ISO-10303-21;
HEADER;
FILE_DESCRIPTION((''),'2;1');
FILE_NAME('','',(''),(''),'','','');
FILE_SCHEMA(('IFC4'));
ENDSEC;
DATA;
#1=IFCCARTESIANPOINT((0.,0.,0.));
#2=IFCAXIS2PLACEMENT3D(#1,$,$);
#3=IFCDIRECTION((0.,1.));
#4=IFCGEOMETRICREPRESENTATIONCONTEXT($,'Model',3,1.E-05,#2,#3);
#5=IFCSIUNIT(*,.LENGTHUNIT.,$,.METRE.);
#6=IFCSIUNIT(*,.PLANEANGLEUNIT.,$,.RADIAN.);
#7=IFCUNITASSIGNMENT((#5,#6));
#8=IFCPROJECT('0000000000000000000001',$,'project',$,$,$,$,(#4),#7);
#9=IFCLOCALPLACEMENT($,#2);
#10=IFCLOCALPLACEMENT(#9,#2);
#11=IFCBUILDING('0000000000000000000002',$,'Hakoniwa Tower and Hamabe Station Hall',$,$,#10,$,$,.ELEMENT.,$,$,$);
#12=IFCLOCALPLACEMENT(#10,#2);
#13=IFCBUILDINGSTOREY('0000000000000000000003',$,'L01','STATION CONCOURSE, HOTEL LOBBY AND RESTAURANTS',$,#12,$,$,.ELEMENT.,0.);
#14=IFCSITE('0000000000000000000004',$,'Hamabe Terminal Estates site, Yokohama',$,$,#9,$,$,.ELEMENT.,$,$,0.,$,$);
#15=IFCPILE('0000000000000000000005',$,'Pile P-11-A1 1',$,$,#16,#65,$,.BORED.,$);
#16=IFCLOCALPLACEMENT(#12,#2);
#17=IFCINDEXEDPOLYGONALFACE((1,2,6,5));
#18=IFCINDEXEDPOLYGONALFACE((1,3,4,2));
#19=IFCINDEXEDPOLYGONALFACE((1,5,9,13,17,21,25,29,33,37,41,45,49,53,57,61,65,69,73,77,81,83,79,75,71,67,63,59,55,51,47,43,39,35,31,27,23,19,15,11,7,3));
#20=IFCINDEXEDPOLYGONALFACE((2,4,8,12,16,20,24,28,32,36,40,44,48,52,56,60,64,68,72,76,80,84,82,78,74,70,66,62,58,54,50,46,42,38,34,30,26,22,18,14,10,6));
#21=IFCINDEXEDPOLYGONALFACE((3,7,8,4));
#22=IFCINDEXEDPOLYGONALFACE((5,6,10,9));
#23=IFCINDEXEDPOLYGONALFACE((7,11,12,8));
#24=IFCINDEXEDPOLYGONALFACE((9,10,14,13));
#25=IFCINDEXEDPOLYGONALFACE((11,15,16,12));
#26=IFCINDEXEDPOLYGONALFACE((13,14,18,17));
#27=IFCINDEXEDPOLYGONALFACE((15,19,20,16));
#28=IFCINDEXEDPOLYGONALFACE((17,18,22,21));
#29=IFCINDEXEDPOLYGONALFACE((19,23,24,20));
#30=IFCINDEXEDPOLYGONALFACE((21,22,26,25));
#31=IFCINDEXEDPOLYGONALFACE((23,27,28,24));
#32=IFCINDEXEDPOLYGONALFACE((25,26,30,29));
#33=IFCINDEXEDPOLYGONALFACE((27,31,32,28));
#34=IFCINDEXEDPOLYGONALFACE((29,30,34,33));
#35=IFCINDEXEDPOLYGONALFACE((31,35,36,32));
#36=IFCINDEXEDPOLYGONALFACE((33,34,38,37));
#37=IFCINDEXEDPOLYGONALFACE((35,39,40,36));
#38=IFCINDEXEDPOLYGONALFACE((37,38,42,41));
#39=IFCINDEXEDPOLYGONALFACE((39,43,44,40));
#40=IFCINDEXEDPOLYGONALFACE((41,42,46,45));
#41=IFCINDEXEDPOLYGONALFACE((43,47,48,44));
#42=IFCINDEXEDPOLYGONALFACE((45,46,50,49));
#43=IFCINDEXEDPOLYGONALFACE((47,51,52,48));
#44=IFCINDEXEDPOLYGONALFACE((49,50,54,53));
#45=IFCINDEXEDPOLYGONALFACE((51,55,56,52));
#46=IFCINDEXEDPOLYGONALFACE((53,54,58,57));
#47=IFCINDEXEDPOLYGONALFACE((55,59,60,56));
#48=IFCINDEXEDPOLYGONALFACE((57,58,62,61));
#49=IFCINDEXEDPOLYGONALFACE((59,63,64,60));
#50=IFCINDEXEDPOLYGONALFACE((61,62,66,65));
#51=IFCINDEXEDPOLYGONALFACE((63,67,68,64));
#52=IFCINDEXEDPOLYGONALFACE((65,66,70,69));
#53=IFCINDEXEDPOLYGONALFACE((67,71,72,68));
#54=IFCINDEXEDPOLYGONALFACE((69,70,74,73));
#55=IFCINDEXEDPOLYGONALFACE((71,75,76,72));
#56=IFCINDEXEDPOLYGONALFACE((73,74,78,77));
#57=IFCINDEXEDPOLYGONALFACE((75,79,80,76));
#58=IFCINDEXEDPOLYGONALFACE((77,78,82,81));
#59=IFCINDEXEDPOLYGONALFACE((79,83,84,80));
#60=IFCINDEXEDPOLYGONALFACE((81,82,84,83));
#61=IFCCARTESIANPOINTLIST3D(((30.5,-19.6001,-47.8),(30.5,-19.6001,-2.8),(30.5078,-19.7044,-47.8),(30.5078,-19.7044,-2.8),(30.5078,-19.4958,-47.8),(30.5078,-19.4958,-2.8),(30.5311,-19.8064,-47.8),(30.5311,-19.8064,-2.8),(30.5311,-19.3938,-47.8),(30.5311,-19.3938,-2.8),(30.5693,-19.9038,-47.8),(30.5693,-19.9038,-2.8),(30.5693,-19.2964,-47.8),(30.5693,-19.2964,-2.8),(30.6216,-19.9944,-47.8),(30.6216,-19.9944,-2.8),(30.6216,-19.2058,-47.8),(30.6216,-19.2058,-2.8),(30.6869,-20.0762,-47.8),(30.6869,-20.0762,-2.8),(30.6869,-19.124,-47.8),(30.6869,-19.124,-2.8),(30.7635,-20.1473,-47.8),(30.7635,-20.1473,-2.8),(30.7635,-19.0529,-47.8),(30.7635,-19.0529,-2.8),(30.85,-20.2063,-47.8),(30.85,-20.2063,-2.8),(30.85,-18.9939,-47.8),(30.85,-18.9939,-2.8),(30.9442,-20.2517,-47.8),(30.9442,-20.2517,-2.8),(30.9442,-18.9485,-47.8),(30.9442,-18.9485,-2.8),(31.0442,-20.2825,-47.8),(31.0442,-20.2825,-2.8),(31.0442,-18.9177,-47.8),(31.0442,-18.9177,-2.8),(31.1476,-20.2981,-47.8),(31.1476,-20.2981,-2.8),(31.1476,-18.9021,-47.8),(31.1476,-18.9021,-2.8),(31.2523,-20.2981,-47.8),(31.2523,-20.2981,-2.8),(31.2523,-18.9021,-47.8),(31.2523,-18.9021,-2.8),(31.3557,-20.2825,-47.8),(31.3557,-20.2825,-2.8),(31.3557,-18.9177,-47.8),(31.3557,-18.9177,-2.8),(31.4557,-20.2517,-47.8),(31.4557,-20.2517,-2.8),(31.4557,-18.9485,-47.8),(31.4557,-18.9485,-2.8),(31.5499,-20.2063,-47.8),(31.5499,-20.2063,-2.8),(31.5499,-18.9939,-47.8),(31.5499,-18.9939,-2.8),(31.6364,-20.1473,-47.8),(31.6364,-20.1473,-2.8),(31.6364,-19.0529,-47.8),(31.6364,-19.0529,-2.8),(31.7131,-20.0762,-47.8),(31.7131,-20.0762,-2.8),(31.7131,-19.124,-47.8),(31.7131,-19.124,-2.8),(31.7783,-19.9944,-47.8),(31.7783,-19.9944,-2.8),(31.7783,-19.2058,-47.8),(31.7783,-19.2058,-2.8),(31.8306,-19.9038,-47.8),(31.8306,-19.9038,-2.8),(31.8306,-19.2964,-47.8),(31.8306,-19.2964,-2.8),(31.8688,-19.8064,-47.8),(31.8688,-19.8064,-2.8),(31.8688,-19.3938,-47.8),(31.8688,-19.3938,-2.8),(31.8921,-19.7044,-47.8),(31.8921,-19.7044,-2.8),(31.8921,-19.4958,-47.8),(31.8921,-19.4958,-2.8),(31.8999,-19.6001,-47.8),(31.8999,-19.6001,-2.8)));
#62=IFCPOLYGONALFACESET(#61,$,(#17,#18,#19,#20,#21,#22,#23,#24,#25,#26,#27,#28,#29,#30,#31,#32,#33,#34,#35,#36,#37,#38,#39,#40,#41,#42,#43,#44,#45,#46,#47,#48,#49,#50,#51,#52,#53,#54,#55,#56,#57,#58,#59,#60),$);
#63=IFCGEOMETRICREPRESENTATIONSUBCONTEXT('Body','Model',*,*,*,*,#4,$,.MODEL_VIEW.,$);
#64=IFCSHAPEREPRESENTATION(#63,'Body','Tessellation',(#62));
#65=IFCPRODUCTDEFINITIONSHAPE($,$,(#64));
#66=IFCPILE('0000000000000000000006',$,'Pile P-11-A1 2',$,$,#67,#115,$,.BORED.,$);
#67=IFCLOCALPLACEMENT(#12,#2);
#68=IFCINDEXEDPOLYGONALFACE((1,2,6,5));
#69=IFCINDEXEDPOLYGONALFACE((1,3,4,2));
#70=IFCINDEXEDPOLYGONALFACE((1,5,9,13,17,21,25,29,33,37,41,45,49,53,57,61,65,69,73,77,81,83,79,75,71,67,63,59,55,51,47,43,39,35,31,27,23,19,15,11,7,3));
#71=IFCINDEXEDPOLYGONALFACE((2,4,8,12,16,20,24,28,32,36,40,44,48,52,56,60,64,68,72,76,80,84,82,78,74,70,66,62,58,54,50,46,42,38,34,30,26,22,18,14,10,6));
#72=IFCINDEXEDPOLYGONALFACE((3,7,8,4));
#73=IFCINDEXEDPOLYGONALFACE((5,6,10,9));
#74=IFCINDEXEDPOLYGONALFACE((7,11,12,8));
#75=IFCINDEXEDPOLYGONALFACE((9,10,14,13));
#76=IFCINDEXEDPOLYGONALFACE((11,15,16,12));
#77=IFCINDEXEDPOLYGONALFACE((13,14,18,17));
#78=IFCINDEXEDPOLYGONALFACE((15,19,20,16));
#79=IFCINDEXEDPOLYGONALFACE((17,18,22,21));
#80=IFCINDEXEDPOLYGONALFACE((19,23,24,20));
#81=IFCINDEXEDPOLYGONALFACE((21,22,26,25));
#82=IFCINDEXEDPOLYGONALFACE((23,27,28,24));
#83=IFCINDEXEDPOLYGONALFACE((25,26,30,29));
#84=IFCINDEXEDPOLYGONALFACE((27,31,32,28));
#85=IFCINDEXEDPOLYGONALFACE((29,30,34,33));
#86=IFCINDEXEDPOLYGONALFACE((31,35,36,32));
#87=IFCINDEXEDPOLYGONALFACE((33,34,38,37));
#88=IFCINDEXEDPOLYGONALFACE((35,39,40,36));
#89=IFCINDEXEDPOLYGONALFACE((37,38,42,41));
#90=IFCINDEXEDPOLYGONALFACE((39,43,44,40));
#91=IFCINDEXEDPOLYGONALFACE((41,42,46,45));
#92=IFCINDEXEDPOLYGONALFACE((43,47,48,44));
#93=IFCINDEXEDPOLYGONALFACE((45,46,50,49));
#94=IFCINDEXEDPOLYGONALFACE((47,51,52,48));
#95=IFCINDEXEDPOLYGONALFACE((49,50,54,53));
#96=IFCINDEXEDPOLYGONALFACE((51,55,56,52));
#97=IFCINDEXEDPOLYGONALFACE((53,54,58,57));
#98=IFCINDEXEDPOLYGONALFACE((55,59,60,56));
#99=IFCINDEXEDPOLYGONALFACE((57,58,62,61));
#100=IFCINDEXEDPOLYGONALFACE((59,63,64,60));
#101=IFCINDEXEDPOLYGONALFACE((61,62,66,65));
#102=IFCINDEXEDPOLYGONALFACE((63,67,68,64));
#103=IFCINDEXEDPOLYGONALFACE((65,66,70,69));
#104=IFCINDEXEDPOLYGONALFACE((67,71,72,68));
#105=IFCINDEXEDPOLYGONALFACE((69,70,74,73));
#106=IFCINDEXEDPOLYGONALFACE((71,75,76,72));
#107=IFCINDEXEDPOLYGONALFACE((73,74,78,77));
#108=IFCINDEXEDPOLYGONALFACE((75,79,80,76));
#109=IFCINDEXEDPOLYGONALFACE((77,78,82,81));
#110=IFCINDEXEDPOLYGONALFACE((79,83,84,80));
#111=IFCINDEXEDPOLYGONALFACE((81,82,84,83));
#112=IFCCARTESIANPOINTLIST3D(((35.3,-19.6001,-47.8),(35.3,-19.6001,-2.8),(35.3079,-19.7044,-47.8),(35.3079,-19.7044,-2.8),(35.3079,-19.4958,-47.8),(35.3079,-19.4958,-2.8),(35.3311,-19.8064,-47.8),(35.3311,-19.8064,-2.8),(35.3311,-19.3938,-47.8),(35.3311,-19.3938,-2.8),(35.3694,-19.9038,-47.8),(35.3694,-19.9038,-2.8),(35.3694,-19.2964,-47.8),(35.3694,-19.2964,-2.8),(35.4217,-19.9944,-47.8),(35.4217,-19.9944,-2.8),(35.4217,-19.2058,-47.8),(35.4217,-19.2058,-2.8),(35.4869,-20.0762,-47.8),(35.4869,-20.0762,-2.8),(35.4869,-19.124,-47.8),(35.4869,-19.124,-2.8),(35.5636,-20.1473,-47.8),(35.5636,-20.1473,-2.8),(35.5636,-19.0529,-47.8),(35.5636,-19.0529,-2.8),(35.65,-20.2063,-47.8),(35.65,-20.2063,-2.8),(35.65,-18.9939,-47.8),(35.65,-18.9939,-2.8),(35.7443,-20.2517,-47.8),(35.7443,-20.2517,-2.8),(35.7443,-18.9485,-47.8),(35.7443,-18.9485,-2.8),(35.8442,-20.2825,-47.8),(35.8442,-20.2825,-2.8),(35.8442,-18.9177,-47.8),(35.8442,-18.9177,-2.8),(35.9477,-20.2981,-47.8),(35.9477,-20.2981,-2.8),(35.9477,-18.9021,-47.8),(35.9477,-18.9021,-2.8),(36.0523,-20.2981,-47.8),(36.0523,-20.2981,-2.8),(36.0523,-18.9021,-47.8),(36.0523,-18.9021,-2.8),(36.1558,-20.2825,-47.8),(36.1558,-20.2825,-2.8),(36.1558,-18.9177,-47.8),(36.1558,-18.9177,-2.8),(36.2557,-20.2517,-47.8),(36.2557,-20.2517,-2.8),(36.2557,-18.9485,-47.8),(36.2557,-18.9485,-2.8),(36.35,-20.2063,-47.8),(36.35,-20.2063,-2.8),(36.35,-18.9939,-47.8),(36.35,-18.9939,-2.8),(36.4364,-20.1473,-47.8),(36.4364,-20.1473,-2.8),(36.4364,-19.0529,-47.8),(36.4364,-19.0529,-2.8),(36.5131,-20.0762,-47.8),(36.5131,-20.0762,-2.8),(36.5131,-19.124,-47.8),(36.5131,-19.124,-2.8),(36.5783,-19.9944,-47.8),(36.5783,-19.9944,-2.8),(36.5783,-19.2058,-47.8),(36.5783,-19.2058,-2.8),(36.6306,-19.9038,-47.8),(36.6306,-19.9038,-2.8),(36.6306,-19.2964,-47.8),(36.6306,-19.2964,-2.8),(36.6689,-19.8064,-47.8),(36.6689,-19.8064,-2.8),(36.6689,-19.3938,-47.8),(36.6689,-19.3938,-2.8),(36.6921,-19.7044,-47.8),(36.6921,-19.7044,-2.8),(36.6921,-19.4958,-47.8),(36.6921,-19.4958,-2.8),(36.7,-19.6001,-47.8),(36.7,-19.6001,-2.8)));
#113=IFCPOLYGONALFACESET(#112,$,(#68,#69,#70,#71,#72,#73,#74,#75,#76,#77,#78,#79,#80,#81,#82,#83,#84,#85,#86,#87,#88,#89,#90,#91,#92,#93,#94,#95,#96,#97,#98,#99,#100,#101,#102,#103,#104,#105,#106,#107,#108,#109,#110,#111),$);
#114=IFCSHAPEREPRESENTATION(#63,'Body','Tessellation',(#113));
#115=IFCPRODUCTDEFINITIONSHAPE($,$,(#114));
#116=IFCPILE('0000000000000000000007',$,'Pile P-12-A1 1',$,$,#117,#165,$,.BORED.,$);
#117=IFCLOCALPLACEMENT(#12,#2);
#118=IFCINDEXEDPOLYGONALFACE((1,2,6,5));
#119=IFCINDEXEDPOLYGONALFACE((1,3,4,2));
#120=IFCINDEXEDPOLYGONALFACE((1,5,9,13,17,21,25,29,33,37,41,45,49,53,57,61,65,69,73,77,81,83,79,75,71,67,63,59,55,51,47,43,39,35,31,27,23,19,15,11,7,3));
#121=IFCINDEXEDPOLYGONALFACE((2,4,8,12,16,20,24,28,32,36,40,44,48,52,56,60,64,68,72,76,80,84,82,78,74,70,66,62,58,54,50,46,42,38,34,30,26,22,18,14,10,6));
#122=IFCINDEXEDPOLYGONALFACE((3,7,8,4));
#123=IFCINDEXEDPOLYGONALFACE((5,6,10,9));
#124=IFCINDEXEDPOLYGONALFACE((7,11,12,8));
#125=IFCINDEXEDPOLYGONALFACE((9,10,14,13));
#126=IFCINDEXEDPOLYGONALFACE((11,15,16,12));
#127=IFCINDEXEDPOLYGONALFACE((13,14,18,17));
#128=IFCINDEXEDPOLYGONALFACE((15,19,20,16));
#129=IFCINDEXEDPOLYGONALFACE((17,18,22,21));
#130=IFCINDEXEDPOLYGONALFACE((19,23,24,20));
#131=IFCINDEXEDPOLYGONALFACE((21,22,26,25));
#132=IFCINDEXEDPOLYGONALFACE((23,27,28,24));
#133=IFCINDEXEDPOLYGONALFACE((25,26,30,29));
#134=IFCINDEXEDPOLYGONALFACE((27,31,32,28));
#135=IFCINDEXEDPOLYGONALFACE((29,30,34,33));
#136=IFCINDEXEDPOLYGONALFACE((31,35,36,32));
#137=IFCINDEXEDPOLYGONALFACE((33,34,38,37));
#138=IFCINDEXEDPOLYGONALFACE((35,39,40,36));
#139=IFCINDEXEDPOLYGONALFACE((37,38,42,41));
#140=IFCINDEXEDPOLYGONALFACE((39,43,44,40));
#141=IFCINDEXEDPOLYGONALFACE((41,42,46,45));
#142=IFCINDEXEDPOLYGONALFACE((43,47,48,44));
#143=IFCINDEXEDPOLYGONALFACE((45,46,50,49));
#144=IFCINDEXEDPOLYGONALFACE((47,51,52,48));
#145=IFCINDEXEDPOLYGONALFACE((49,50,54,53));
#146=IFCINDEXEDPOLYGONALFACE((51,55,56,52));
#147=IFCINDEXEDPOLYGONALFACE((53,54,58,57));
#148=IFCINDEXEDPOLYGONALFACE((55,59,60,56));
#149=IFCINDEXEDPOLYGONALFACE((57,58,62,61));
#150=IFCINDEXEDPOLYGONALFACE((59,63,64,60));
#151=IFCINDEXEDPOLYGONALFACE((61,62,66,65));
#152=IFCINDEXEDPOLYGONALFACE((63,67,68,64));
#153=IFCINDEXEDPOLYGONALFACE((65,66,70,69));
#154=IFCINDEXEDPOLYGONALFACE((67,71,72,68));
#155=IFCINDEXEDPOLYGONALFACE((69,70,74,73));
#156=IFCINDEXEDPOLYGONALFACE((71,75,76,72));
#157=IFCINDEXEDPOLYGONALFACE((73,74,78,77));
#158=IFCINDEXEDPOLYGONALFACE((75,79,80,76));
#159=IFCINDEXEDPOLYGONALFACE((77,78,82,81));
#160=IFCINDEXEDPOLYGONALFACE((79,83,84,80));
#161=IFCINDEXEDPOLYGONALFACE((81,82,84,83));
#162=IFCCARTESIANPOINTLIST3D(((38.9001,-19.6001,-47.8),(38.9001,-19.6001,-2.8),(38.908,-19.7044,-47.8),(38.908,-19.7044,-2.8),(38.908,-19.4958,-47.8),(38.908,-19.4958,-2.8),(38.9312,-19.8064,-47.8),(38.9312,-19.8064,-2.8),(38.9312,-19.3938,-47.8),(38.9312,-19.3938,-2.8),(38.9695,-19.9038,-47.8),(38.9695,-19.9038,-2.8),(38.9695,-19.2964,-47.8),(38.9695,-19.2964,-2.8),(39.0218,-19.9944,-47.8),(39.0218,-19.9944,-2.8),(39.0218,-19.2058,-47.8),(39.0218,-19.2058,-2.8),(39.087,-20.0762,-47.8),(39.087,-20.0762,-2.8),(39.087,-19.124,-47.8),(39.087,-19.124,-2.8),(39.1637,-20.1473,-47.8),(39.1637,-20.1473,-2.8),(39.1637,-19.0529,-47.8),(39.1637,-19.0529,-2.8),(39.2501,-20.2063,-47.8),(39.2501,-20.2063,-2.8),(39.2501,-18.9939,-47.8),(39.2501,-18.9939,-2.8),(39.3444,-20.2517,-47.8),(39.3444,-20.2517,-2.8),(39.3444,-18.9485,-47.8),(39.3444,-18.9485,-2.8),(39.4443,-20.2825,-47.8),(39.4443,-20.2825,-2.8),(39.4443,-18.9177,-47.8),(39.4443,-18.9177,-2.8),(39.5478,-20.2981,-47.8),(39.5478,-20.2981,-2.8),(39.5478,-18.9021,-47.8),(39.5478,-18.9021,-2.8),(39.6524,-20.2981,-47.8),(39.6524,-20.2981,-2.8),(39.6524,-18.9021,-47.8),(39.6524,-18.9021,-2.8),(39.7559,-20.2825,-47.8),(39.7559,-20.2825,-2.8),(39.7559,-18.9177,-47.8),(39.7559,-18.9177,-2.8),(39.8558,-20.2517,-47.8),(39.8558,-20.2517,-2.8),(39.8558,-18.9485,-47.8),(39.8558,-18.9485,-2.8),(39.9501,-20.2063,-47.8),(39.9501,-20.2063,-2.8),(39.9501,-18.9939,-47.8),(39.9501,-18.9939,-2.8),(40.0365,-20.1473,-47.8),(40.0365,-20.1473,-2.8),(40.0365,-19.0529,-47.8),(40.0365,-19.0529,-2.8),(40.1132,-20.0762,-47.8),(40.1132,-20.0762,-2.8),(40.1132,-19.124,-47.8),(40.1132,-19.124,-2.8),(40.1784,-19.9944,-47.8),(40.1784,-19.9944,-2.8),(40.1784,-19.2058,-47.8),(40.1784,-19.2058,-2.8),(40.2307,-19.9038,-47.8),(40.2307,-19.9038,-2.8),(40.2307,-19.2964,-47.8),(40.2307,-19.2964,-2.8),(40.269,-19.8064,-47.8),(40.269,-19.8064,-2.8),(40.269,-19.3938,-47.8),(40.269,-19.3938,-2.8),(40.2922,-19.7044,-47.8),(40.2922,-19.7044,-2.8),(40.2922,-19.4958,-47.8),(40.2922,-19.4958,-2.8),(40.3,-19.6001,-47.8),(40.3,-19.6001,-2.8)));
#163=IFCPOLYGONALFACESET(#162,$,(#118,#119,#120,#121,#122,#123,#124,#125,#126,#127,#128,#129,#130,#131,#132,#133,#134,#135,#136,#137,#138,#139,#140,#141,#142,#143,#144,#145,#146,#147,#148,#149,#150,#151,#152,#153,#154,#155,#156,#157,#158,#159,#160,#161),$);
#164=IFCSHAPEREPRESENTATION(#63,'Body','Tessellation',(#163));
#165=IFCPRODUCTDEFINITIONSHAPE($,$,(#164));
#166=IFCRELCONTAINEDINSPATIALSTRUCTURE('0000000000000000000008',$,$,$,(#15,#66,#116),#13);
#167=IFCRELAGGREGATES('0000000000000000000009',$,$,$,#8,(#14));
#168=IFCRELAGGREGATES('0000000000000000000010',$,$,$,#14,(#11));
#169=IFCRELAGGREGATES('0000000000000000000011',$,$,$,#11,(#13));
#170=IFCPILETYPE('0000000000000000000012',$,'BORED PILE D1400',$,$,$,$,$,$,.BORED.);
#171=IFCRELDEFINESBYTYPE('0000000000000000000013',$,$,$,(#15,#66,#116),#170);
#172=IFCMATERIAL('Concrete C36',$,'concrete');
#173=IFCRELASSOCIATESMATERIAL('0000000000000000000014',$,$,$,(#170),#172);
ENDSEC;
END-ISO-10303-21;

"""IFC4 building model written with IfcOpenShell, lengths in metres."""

from ifc_helpers import new_model, si_unit, direction, frame, origin, origin_2d, place, context, subcontext, project, spatial, circle, extrude, material, material_profile, profile_set, type_object, element, save


model = new_model("IFC4")

# Units and contexts
model_context = context("Model", 3, precision=1e-05, world=origin(), true_north=direction((0.0, 1.0)))
body_context = subcontext(model_context, "Body", "Model", "MODEL_VIEW")
ifc_project = project(units=[si_unit("LENGTHUNIT", "METRE"), si_unit("PLANEANGLEUNIT", "RADIAN")], contexts=[model_context])

# Site, building, storey
site_placement = place(None, origin())
site = spatial("IfcSite", under=ifc_project, at=site_placement, Name="Hamabe Terminal Estates site, Yokohama", CompositionType="ELEMENT", RefElevation=0.0)
building_placement = place(site_placement, origin())
building = spatial("IfcBuilding", under=site, at=building_placement, Name="Hakoniwa Tower and Hamabe Station Hall", CompositionType="ELEMENT")
storey_placement = place(building_placement, origin())
storey = spatial("IfcBuildingStorey", under=building, at=storey_placement, Name="L01", Description="STATION CONCOURSE, HOTEL LOBBY AND RESTAURANTS", CompositionType="ELEMENT", Elevation=0.0)

# Piles
ifc_material_1 = material(Name="Concrete C36", Category="concrete")
ifc_material_profile_1 = material_profile(ifc_material_1, circle(Radius=0.7, at=origin_2d()), Name="BORED PILE D1400")
ifc_profile_set_1 = profile_set([ifc_material_profile_1], Name="Concrete C36")
pile_type = type_object("IfcPileType", Name="BORED PILE D1400", PredefinedType="BORED", material=ifc_profile_set_1)
for number, where, z_axis, x_axis, name in (
    (1, (31.2, -19.6001, -2.8), (0.0, 0.0, -1.0), (1.0, 0.0, 0.0), "Pile P-11-A1 1"),
    (2, (36.0, -19.6001, -2.8), (0.0, 0.0, -1.0), (1.0, 0.0, 0.0), "Pile P-11-A1 2"),
    (3, (39.6001, -19.6001, -2.8), (0.0, 0.0, -1.0), (1.0, 0.0, 0.0), "Pile P-12-A1 1"),
):
    element("IfcPile", number, at=place(storey_placement, frame(where, z_axis=z_axis, x_axis=x_axis)), inside=storey, type_object=pile_type, Name=name, PredefinedType="BORED", context=body_context, shape_type="SweptSolid", body=[
        extrude(circle(Radius=0.7, at=origin_2d()), origin(), (0.0, 0.0, 1.0), 45.0),
    ])

save(model, "model.ifc")
